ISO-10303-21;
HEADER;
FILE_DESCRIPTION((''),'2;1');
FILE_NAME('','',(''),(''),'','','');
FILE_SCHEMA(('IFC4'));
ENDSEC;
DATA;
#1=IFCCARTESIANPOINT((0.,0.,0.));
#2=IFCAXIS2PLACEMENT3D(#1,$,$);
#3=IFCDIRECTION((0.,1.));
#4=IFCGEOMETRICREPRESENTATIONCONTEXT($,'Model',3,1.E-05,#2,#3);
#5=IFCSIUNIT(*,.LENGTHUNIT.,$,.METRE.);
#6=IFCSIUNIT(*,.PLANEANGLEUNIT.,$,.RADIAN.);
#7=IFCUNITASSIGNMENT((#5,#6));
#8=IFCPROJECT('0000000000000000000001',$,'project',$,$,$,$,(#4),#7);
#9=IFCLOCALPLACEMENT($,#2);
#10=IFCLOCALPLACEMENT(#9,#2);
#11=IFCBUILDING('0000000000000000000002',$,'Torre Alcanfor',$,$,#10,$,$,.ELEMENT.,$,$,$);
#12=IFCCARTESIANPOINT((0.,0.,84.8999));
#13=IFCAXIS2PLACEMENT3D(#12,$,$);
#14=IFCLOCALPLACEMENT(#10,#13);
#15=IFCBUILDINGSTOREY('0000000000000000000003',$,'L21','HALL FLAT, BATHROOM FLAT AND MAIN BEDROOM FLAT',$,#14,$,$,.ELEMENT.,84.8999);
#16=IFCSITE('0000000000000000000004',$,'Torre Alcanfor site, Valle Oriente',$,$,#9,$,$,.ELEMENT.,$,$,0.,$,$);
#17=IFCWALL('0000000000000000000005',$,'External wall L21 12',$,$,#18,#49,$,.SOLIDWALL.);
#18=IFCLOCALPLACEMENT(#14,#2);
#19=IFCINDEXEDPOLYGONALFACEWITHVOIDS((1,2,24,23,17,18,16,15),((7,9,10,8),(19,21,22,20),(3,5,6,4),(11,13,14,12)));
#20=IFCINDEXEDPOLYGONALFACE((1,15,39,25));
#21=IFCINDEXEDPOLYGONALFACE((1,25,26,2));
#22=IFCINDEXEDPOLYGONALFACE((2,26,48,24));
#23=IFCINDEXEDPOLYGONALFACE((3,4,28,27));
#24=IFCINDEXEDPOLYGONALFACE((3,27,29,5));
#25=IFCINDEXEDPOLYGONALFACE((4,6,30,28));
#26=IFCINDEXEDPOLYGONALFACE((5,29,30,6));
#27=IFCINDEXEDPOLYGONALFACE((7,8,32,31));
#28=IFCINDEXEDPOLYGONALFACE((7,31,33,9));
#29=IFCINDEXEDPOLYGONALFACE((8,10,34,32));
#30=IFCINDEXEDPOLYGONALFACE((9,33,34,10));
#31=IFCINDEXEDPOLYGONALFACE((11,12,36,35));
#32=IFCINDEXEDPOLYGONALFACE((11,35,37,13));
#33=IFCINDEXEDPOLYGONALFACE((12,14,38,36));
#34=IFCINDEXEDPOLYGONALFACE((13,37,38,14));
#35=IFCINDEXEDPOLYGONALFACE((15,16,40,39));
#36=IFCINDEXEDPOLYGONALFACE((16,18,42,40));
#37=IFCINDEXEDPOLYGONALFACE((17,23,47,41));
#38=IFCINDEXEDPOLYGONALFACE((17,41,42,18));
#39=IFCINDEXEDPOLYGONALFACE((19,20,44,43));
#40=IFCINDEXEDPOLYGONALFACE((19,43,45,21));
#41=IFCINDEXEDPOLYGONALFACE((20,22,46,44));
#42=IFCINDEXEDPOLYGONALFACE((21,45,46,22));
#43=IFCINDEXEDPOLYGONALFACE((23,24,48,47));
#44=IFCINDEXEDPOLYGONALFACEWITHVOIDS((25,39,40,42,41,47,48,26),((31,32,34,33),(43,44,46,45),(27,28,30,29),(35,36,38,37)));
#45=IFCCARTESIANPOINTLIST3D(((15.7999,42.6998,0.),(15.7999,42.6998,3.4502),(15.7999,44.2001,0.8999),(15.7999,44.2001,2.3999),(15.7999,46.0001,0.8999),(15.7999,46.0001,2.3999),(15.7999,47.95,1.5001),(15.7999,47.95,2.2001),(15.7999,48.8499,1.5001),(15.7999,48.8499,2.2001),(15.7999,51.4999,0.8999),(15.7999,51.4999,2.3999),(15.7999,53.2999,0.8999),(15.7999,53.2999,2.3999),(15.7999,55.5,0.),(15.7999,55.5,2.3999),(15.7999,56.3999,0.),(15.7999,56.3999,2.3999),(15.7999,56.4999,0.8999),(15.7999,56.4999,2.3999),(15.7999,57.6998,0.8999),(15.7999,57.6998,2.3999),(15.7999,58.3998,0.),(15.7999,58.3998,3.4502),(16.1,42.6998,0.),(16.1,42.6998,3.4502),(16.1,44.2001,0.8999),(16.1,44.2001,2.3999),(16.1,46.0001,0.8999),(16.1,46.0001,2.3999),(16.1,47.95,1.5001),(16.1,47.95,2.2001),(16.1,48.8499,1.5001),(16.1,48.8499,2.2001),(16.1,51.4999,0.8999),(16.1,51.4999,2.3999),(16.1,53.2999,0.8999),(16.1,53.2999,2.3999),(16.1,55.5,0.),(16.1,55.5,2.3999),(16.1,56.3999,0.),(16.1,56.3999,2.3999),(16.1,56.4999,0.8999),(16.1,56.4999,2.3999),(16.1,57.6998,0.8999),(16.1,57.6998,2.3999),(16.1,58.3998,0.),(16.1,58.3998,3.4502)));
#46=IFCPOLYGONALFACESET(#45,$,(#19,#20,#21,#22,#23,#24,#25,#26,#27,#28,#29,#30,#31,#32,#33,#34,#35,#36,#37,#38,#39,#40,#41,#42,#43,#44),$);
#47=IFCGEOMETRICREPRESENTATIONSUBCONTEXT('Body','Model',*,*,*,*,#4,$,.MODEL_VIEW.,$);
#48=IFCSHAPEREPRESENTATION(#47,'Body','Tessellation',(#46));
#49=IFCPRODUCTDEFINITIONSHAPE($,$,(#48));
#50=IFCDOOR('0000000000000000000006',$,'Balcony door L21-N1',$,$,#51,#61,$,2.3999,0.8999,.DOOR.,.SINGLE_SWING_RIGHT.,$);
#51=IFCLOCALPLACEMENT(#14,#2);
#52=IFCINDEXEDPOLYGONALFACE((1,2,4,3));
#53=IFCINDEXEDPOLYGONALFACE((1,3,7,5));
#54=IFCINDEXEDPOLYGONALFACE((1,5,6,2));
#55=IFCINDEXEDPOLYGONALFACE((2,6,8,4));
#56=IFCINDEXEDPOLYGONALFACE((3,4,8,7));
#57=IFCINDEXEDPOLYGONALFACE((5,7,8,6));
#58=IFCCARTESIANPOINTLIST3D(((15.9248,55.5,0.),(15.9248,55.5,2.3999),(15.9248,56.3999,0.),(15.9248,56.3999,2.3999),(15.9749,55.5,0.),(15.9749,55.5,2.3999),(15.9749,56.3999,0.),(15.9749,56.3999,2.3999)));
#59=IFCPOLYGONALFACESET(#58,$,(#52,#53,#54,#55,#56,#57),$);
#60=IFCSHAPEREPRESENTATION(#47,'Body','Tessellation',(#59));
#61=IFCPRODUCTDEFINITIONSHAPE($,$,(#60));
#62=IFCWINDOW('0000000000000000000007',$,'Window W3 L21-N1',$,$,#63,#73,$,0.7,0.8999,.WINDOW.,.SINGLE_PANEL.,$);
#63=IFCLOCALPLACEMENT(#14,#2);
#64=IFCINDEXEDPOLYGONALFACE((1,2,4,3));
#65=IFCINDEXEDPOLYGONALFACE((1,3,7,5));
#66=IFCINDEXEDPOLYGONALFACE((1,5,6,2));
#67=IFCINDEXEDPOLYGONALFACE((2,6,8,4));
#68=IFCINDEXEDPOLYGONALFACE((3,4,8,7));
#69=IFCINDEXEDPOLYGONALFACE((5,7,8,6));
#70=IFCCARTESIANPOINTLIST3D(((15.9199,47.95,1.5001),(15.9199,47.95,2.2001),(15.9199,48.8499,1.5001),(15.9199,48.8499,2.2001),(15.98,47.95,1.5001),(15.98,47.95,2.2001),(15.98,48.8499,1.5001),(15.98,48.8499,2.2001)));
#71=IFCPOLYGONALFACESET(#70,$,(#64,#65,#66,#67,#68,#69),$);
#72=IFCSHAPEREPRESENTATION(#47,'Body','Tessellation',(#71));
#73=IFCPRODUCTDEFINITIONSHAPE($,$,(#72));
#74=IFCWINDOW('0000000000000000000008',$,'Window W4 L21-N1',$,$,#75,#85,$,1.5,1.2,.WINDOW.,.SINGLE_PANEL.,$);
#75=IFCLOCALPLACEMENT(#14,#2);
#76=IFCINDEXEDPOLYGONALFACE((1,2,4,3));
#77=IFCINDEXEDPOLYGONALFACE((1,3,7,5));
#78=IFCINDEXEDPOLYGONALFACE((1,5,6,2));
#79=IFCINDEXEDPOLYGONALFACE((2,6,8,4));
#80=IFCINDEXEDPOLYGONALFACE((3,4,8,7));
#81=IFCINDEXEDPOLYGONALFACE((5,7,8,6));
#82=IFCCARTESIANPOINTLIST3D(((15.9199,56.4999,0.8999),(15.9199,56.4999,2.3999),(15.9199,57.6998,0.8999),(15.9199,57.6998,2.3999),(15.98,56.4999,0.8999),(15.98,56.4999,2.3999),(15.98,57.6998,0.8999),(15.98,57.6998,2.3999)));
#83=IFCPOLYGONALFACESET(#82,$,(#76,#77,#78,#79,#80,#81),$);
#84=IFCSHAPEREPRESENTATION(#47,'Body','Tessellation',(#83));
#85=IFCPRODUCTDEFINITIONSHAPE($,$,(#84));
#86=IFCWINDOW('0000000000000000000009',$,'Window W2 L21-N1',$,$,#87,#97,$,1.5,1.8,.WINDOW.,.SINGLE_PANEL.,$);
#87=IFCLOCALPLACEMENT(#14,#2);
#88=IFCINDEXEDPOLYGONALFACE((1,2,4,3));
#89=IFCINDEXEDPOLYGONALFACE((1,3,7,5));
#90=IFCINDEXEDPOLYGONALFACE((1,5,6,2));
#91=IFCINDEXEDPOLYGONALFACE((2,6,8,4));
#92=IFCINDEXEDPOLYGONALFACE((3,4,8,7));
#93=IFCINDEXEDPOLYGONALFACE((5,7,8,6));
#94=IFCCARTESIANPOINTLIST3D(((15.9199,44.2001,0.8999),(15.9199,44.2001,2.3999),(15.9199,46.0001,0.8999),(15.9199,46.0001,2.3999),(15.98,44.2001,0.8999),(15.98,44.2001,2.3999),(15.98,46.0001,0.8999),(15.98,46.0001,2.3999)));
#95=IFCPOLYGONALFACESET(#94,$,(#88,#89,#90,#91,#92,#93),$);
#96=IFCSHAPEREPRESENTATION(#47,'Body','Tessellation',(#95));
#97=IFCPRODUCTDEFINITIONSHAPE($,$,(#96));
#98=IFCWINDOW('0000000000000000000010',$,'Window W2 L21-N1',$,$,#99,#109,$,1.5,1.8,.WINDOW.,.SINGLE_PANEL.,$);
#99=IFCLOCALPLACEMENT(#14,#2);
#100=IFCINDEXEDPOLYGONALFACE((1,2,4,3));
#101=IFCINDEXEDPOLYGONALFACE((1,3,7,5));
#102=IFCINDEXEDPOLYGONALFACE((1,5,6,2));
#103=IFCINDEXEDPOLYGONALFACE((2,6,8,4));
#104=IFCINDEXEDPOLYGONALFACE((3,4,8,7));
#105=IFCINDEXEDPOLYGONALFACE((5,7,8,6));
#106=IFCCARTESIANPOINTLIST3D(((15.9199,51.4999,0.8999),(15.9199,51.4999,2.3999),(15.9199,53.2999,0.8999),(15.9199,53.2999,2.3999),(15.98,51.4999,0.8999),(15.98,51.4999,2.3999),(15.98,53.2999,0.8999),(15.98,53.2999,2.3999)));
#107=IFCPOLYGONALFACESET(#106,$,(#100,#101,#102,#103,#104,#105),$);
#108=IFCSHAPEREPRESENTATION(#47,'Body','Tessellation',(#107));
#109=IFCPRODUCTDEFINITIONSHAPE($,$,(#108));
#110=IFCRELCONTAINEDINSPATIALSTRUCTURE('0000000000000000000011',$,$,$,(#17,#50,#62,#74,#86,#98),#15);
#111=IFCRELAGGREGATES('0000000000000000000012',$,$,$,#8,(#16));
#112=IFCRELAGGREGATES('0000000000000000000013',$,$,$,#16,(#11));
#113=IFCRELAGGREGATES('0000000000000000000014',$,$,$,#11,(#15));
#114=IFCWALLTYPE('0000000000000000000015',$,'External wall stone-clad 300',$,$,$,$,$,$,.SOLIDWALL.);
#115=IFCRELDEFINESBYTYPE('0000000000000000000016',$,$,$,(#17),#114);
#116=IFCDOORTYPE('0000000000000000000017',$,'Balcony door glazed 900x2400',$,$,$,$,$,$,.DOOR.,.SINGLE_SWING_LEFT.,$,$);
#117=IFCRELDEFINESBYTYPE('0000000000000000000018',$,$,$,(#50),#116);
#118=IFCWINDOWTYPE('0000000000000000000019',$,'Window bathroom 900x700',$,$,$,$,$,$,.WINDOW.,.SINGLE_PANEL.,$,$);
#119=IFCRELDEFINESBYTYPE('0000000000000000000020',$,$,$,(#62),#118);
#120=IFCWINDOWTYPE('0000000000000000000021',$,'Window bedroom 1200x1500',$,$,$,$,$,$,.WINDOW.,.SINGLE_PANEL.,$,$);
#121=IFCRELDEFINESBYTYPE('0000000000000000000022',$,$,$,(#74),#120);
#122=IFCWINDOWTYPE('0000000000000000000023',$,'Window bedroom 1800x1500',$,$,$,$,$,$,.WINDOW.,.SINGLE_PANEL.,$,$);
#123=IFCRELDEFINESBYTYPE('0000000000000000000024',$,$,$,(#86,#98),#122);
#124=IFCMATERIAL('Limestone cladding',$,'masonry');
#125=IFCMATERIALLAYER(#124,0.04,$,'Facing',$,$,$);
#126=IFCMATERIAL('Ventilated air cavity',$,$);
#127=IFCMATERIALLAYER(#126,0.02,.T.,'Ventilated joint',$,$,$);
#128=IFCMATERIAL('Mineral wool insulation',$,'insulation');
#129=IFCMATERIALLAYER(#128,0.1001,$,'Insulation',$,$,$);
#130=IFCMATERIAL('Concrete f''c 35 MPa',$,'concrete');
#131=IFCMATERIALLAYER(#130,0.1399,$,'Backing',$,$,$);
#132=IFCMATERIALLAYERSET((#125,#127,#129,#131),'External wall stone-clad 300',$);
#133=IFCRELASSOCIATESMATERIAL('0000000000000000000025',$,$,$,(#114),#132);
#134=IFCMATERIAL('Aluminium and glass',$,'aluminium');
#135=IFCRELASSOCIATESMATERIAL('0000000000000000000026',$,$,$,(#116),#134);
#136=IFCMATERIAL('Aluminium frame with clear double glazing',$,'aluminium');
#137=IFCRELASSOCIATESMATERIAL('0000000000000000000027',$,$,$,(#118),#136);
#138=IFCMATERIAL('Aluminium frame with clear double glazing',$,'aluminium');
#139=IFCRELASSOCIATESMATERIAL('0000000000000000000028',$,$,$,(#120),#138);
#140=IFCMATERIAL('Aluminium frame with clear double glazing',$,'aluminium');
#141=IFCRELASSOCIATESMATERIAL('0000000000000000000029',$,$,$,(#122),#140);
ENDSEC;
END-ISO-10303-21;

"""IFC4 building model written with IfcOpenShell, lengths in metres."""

from ifc_helpers import new_model, si_unit, direction, frame, frame_2d, origin, place, context, subcontext, project, spatial, rectangle, extrude, material, layer, layer_set, type_object, element, fill, save


model = new_model("IFC4")

# Units and contexts
model_context = context("Model", 3, precision=1e-05, world=origin(), true_north=direction((0.0, 1.0)))
body_context = subcontext(model_context, "Body", "Model", "MODEL_VIEW")
ifc_project = project(units=[si_unit("LENGTHUNIT", "METRE"), si_unit("PLANEANGLEUNIT", "RADIAN")], contexts=[model_context])

# Site, building, storey
site_placement = place(None, origin())
site = spatial("IfcSite", under=ifc_project, at=site_placement, Name="Torre Alcanfor site, Valle Oriente", CompositionType="ELEMENT", RefElevation=0.0)
building_placement = place(site_placement, origin())
building = spatial("IfcBuilding", under=site, at=building_placement, Name="Torre Alcanfor", CompositionType="ELEMENT")
storey_placement = place(building_placement, frame((0.0, 0.0, 84.8999)))
storey = spatial("IfcBuildingStorey", under=building, at=storey_placement, Name="L21", Description="HALL FLAT, BATHROOM FLAT AND MAIN BEDROOM FLAT", CompositionType="ELEMENT", Elevation=84.8999)

# Wall, openings, door, windows
ifc_material_1 = material(Name="Limestone cladding", Category="masonry")
ifc_layer_1 = layer(ifc_material_1, 0.04, Name="Facing")
ifc_material_2 = material(Name="Ventilated air cavity")
ifc_layer_2 = layer(ifc_material_2, 0.02, ventilated=True, Name="Ventilated joint")
ifc_material_3 = material(Name="Mineral wool insulation", Category="insulation")
ifc_layer_3 = layer(ifc_material_3, 0.1001, Name="Insulation")
ifc_material_4 = material(Name="Concrete f'c 35 MPa", Category="concrete")
ifc_layer_4 = layer(ifc_material_4, 0.1399, Name="Backing")
ifc_layer_set_1 = layer_set([ifc_layer_1, ifc_layer_2, ifc_layer_3, ifc_layer_4], Name="External wall stone-clad 300")
wall_type_1 = type_object("IfcWallType", Name="External wall stone-clad 300", PredefinedType="SOLIDWALL", material=ifc_layer_set_1)
ifc_material_5 = material(Name="Aluminium and glass", Category="aluminium")
door_type = type_object("IfcDoorType", Name="Balcony door glazed 900x2400", OperationType="SINGLE_SWING_LEFT", PredefinedType="DOOR", material=ifc_material_5)
ifc_material_6 = material(Name="Aluminium frame with clear double glazing", Category="aluminium")
window_type_1 = type_object("IfcWindowType", Name="Window bathroom 900x700", PartitioningType="SINGLE_PANEL", PredefinedType="WINDOW", material=ifc_material_6)
ifc_material_7 = material(Name="Aluminium frame with clear double glazing", Category="aluminium")
window_type_2 = type_object("IfcWindowType", Name="Window bedroom 1200x1500", PartitioningType="SINGLE_PANEL", PredefinedType="WINDOW", material=ifc_material_7)
ifc_material_8 = material(Name="Aluminium frame with clear double glazing", Category="aluminium")
window_type_3 = type_object("IfcWindowType", Name="Window bedroom 1800x1500", PartitioningType="SINGLE_PANEL", PredefinedType="WINDOW", material=ifc_material_8)
wall_1_placement = place(storey_placement, frame((15.95, 58.3999, 0.0), z_axis=(0.0, 0.0, 1.0), x_axis=(0.0, -1.0, 0.0)))
wall_1 = element("IfcWall", 1, at=wall_1_placement, inside=storey, type_object=wall_type_1, Name="External wall L21 12", PredefinedType="SOLIDWALL", context=body_context, shape_type="SweptSolid", body=[
    extrude(rectangle(XDim=15.7, YDim=0.3, at=frame_2d((7.8501, 0.0))), origin(), (0.0, 0.0, 1.0), 3.4502),
])
opening_1_placement = place(wall_1_placement, frame((12.3999, 0.0, 0.8999)))
opening_1 = element("IfcOpeningElement", 2, at=opening_1_placement, cuts=wall_1, PredefinedType="OPENING", context=body_context, shape_type="SweptSolid", body=[
    extrude(rectangle(XDim=1.8, YDim=1.5, at=frame_2d((0.8999, 0.75))), frame((0.0, 0.1599, 0.0), z_axis=(0.0, -1.0, 0.0), x_axis=(1.0, 0.0, 0.0)), (0.0, 0.0, 1.0), 0.3201),
])
opening_2_placement = place(wall_1_placement, frame((9.55, 0.0, 1.5)))
opening_2 = element("IfcOpeningElement", 3, at=opening_2_placement, cuts=wall_1, PredefinedType="OPENING", context=body_context, shape_type="SweptSolid", body=[
    extrude(rectangle(XDim=0.8999, YDim=0.7, at=frame_2d((0.45, 0.3501))), frame((0.0, 0.1599, 0.0), z_axis=(0.0, -1.0, 0.0), x_axis=(1.0, 0.0, 0.0)), (0.0, 0.0, 1.0), 0.3201),
])
opening_3_placement = place(wall_1_placement, frame((5.1001, 0.0, 0.8999)))
opening_3 = element("IfcOpeningElement", 4, at=opening_3_placement, cuts=wall_1, PredefinedType="OPENING", context=body_context, shape_type="SweptSolid", body=[
    extrude(rectangle(XDim=1.8, YDim=1.5, at=frame_2d((0.8999, 0.75))), frame((0.0, 0.1599, 0.0), z_axis=(0.0, -1.0, 0.0), x_axis=(1.0, 0.0, 0.0)), (0.0, 0.0, 1.0), 0.3201),
])
opening_4_placement = place(wall_1_placement, frame((2.0, 0.0, 0.0)))
opening_4 = element("IfcOpeningElement", 5, at=opening_4_placement, cuts=wall_1, PredefinedType="OPENING", context=body_context, shape_type="SweptSolid", body=[
    extrude(rectangle(XDim=0.8999, YDim=2.3999, at=frame_2d((0.45, 1.2))), frame((0.0, 0.1599, 0.0), z_axis=(0.0, -1.0, 0.0), x_axis=(1.0, 0.0, 0.0)), (0.0, 0.0, 1.0), 0.3201),
])
opening_5_placement = place(wall_1_placement, frame((0.7, 0.0, 0.8999)))
opening_5 = element("IfcOpeningElement", 6, at=opening_5_placement, cuts=wall_1, PredefinedType="OPENING", context=body_context, shape_type="SweptSolid", body=[
    extrude(rectangle(XDim=1.2, YDim=1.5, at=frame_2d((0.6001, 0.75))), frame((0.0, 0.1599, 0.0), z_axis=(0.0, -1.0, 0.0), x_axis=(1.0, 0.0, 0.0)), (0.0, 0.0, 1.0), 0.3201),
])
door_1_placement = place(opening_4_placement, origin())
door_1 = element("IfcDoor", 7, at=door_1_placement, inside=storey, type_object=door_type, Name="Balcony door L21-N1", OperationType="SINGLE_SWING_RIGHT", OverallHeight=2.3999, OverallWidth=0.8999, PredefinedType="DOOR", context=body_context, shape_type="SweptSolid", body=[
    extrude(rectangle(XDim=0.8999, YDim=2.3999, at=frame_2d((0.45, 1.2))), frame((0.0, 0.0249, 0.0), z_axis=(0.0, -1.0, 0.0), x_axis=(1.0, 0.0, 0.0)), (0.0, 0.0, 1.0), 0.05),
])
fill(opening_4, door_1)
window_1_placement = place(opening_2_placement, origin())
window_1 = element("IfcWindow", 8, at=window_1_placement, inside=storey, type_object=window_type_1, Name="Window W3 L21-N1", OverallHeight=0.7, OverallWidth=0.8999, PartitioningType="SINGLE_PANEL", PredefinedType="WINDOW", context=body_context, shape_type="SweptSolid", body=[
    extrude(rectangle(XDim=0.8999, YDim=0.7, at=frame_2d((0.45, 0.3501))), frame((0.0, 0.03, 0.0), z_axis=(0.0, -1.0, 0.0), x_axis=(1.0, 0.0, 0.0)), (0.0, 0.0, 1.0), 0.0601),
])
fill(opening_2, window_1)
window_2_placement = place(opening_5_placement, origin())
window_2 = element("IfcWindow", 9, at=window_2_placement, inside=storey, type_object=window_type_2, Name="Window W4 L21-N1", OverallHeight=1.5, OverallWidth=1.2, PartitioningType="SINGLE_PANEL", PredefinedType="WINDOW", context=body_context, shape_type="SweptSolid", body=[
    extrude(rectangle(XDim=1.2, YDim=1.5, at=frame_2d((0.6001, 0.75))), frame((0.0, 0.03, 0.0), z_axis=(0.0, -1.0, 0.0), x_axis=(1.0, 0.0, 0.0)), (0.0, 0.0, 1.0), 0.0601),
])
fill(opening_5, window_2)
window_3_placement = place(opening_1_placement, origin())
window_3 = element("IfcWindow", 10, at=window_3_placement, inside=storey, type_object=window_type_3, Name="Window W2 L21-N1", OverallHeight=1.5, OverallWidth=1.8, PartitioningType="SINGLE_PANEL", PredefinedType="WINDOW", context=body_context, shape_type="SweptSolid", body=[
    extrude(rectangle(XDim=1.8, YDim=1.5, at=frame_2d((0.8999, 0.75))), frame((0.0, 0.03, 0.0), z_axis=(0.0, -1.0, 0.0), x_axis=(1.0, 0.0, 0.0)), (0.0, 0.0, 1.0), 0.0601),
])
fill(opening_1, window_3)
window_4_placement = place(opening_3_placement, origin())
window_4 = element("IfcWindow", 11, at=window_4_placement, inside=storey, type_object=window_type_3, Name="Window W2 L21-N1", OverallHeight=1.5, OverallWidth=1.8, PartitioningType="SINGLE_PANEL", PredefinedType="WINDOW", context=body_context, shape_type="SweptSolid", body=[
    extrude(rectangle(XDim=1.8, YDim=1.5, at=frame_2d((0.8999, 0.75))), frame((0.0, 0.03, 0.0), z_axis=(0.0, -1.0, 0.0), x_axis=(1.0, 0.0, 0.0)), (0.0, 0.0, 1.0), 0.0601),
])
fill(opening_3, window_4)

save(model, "model.ifc")
